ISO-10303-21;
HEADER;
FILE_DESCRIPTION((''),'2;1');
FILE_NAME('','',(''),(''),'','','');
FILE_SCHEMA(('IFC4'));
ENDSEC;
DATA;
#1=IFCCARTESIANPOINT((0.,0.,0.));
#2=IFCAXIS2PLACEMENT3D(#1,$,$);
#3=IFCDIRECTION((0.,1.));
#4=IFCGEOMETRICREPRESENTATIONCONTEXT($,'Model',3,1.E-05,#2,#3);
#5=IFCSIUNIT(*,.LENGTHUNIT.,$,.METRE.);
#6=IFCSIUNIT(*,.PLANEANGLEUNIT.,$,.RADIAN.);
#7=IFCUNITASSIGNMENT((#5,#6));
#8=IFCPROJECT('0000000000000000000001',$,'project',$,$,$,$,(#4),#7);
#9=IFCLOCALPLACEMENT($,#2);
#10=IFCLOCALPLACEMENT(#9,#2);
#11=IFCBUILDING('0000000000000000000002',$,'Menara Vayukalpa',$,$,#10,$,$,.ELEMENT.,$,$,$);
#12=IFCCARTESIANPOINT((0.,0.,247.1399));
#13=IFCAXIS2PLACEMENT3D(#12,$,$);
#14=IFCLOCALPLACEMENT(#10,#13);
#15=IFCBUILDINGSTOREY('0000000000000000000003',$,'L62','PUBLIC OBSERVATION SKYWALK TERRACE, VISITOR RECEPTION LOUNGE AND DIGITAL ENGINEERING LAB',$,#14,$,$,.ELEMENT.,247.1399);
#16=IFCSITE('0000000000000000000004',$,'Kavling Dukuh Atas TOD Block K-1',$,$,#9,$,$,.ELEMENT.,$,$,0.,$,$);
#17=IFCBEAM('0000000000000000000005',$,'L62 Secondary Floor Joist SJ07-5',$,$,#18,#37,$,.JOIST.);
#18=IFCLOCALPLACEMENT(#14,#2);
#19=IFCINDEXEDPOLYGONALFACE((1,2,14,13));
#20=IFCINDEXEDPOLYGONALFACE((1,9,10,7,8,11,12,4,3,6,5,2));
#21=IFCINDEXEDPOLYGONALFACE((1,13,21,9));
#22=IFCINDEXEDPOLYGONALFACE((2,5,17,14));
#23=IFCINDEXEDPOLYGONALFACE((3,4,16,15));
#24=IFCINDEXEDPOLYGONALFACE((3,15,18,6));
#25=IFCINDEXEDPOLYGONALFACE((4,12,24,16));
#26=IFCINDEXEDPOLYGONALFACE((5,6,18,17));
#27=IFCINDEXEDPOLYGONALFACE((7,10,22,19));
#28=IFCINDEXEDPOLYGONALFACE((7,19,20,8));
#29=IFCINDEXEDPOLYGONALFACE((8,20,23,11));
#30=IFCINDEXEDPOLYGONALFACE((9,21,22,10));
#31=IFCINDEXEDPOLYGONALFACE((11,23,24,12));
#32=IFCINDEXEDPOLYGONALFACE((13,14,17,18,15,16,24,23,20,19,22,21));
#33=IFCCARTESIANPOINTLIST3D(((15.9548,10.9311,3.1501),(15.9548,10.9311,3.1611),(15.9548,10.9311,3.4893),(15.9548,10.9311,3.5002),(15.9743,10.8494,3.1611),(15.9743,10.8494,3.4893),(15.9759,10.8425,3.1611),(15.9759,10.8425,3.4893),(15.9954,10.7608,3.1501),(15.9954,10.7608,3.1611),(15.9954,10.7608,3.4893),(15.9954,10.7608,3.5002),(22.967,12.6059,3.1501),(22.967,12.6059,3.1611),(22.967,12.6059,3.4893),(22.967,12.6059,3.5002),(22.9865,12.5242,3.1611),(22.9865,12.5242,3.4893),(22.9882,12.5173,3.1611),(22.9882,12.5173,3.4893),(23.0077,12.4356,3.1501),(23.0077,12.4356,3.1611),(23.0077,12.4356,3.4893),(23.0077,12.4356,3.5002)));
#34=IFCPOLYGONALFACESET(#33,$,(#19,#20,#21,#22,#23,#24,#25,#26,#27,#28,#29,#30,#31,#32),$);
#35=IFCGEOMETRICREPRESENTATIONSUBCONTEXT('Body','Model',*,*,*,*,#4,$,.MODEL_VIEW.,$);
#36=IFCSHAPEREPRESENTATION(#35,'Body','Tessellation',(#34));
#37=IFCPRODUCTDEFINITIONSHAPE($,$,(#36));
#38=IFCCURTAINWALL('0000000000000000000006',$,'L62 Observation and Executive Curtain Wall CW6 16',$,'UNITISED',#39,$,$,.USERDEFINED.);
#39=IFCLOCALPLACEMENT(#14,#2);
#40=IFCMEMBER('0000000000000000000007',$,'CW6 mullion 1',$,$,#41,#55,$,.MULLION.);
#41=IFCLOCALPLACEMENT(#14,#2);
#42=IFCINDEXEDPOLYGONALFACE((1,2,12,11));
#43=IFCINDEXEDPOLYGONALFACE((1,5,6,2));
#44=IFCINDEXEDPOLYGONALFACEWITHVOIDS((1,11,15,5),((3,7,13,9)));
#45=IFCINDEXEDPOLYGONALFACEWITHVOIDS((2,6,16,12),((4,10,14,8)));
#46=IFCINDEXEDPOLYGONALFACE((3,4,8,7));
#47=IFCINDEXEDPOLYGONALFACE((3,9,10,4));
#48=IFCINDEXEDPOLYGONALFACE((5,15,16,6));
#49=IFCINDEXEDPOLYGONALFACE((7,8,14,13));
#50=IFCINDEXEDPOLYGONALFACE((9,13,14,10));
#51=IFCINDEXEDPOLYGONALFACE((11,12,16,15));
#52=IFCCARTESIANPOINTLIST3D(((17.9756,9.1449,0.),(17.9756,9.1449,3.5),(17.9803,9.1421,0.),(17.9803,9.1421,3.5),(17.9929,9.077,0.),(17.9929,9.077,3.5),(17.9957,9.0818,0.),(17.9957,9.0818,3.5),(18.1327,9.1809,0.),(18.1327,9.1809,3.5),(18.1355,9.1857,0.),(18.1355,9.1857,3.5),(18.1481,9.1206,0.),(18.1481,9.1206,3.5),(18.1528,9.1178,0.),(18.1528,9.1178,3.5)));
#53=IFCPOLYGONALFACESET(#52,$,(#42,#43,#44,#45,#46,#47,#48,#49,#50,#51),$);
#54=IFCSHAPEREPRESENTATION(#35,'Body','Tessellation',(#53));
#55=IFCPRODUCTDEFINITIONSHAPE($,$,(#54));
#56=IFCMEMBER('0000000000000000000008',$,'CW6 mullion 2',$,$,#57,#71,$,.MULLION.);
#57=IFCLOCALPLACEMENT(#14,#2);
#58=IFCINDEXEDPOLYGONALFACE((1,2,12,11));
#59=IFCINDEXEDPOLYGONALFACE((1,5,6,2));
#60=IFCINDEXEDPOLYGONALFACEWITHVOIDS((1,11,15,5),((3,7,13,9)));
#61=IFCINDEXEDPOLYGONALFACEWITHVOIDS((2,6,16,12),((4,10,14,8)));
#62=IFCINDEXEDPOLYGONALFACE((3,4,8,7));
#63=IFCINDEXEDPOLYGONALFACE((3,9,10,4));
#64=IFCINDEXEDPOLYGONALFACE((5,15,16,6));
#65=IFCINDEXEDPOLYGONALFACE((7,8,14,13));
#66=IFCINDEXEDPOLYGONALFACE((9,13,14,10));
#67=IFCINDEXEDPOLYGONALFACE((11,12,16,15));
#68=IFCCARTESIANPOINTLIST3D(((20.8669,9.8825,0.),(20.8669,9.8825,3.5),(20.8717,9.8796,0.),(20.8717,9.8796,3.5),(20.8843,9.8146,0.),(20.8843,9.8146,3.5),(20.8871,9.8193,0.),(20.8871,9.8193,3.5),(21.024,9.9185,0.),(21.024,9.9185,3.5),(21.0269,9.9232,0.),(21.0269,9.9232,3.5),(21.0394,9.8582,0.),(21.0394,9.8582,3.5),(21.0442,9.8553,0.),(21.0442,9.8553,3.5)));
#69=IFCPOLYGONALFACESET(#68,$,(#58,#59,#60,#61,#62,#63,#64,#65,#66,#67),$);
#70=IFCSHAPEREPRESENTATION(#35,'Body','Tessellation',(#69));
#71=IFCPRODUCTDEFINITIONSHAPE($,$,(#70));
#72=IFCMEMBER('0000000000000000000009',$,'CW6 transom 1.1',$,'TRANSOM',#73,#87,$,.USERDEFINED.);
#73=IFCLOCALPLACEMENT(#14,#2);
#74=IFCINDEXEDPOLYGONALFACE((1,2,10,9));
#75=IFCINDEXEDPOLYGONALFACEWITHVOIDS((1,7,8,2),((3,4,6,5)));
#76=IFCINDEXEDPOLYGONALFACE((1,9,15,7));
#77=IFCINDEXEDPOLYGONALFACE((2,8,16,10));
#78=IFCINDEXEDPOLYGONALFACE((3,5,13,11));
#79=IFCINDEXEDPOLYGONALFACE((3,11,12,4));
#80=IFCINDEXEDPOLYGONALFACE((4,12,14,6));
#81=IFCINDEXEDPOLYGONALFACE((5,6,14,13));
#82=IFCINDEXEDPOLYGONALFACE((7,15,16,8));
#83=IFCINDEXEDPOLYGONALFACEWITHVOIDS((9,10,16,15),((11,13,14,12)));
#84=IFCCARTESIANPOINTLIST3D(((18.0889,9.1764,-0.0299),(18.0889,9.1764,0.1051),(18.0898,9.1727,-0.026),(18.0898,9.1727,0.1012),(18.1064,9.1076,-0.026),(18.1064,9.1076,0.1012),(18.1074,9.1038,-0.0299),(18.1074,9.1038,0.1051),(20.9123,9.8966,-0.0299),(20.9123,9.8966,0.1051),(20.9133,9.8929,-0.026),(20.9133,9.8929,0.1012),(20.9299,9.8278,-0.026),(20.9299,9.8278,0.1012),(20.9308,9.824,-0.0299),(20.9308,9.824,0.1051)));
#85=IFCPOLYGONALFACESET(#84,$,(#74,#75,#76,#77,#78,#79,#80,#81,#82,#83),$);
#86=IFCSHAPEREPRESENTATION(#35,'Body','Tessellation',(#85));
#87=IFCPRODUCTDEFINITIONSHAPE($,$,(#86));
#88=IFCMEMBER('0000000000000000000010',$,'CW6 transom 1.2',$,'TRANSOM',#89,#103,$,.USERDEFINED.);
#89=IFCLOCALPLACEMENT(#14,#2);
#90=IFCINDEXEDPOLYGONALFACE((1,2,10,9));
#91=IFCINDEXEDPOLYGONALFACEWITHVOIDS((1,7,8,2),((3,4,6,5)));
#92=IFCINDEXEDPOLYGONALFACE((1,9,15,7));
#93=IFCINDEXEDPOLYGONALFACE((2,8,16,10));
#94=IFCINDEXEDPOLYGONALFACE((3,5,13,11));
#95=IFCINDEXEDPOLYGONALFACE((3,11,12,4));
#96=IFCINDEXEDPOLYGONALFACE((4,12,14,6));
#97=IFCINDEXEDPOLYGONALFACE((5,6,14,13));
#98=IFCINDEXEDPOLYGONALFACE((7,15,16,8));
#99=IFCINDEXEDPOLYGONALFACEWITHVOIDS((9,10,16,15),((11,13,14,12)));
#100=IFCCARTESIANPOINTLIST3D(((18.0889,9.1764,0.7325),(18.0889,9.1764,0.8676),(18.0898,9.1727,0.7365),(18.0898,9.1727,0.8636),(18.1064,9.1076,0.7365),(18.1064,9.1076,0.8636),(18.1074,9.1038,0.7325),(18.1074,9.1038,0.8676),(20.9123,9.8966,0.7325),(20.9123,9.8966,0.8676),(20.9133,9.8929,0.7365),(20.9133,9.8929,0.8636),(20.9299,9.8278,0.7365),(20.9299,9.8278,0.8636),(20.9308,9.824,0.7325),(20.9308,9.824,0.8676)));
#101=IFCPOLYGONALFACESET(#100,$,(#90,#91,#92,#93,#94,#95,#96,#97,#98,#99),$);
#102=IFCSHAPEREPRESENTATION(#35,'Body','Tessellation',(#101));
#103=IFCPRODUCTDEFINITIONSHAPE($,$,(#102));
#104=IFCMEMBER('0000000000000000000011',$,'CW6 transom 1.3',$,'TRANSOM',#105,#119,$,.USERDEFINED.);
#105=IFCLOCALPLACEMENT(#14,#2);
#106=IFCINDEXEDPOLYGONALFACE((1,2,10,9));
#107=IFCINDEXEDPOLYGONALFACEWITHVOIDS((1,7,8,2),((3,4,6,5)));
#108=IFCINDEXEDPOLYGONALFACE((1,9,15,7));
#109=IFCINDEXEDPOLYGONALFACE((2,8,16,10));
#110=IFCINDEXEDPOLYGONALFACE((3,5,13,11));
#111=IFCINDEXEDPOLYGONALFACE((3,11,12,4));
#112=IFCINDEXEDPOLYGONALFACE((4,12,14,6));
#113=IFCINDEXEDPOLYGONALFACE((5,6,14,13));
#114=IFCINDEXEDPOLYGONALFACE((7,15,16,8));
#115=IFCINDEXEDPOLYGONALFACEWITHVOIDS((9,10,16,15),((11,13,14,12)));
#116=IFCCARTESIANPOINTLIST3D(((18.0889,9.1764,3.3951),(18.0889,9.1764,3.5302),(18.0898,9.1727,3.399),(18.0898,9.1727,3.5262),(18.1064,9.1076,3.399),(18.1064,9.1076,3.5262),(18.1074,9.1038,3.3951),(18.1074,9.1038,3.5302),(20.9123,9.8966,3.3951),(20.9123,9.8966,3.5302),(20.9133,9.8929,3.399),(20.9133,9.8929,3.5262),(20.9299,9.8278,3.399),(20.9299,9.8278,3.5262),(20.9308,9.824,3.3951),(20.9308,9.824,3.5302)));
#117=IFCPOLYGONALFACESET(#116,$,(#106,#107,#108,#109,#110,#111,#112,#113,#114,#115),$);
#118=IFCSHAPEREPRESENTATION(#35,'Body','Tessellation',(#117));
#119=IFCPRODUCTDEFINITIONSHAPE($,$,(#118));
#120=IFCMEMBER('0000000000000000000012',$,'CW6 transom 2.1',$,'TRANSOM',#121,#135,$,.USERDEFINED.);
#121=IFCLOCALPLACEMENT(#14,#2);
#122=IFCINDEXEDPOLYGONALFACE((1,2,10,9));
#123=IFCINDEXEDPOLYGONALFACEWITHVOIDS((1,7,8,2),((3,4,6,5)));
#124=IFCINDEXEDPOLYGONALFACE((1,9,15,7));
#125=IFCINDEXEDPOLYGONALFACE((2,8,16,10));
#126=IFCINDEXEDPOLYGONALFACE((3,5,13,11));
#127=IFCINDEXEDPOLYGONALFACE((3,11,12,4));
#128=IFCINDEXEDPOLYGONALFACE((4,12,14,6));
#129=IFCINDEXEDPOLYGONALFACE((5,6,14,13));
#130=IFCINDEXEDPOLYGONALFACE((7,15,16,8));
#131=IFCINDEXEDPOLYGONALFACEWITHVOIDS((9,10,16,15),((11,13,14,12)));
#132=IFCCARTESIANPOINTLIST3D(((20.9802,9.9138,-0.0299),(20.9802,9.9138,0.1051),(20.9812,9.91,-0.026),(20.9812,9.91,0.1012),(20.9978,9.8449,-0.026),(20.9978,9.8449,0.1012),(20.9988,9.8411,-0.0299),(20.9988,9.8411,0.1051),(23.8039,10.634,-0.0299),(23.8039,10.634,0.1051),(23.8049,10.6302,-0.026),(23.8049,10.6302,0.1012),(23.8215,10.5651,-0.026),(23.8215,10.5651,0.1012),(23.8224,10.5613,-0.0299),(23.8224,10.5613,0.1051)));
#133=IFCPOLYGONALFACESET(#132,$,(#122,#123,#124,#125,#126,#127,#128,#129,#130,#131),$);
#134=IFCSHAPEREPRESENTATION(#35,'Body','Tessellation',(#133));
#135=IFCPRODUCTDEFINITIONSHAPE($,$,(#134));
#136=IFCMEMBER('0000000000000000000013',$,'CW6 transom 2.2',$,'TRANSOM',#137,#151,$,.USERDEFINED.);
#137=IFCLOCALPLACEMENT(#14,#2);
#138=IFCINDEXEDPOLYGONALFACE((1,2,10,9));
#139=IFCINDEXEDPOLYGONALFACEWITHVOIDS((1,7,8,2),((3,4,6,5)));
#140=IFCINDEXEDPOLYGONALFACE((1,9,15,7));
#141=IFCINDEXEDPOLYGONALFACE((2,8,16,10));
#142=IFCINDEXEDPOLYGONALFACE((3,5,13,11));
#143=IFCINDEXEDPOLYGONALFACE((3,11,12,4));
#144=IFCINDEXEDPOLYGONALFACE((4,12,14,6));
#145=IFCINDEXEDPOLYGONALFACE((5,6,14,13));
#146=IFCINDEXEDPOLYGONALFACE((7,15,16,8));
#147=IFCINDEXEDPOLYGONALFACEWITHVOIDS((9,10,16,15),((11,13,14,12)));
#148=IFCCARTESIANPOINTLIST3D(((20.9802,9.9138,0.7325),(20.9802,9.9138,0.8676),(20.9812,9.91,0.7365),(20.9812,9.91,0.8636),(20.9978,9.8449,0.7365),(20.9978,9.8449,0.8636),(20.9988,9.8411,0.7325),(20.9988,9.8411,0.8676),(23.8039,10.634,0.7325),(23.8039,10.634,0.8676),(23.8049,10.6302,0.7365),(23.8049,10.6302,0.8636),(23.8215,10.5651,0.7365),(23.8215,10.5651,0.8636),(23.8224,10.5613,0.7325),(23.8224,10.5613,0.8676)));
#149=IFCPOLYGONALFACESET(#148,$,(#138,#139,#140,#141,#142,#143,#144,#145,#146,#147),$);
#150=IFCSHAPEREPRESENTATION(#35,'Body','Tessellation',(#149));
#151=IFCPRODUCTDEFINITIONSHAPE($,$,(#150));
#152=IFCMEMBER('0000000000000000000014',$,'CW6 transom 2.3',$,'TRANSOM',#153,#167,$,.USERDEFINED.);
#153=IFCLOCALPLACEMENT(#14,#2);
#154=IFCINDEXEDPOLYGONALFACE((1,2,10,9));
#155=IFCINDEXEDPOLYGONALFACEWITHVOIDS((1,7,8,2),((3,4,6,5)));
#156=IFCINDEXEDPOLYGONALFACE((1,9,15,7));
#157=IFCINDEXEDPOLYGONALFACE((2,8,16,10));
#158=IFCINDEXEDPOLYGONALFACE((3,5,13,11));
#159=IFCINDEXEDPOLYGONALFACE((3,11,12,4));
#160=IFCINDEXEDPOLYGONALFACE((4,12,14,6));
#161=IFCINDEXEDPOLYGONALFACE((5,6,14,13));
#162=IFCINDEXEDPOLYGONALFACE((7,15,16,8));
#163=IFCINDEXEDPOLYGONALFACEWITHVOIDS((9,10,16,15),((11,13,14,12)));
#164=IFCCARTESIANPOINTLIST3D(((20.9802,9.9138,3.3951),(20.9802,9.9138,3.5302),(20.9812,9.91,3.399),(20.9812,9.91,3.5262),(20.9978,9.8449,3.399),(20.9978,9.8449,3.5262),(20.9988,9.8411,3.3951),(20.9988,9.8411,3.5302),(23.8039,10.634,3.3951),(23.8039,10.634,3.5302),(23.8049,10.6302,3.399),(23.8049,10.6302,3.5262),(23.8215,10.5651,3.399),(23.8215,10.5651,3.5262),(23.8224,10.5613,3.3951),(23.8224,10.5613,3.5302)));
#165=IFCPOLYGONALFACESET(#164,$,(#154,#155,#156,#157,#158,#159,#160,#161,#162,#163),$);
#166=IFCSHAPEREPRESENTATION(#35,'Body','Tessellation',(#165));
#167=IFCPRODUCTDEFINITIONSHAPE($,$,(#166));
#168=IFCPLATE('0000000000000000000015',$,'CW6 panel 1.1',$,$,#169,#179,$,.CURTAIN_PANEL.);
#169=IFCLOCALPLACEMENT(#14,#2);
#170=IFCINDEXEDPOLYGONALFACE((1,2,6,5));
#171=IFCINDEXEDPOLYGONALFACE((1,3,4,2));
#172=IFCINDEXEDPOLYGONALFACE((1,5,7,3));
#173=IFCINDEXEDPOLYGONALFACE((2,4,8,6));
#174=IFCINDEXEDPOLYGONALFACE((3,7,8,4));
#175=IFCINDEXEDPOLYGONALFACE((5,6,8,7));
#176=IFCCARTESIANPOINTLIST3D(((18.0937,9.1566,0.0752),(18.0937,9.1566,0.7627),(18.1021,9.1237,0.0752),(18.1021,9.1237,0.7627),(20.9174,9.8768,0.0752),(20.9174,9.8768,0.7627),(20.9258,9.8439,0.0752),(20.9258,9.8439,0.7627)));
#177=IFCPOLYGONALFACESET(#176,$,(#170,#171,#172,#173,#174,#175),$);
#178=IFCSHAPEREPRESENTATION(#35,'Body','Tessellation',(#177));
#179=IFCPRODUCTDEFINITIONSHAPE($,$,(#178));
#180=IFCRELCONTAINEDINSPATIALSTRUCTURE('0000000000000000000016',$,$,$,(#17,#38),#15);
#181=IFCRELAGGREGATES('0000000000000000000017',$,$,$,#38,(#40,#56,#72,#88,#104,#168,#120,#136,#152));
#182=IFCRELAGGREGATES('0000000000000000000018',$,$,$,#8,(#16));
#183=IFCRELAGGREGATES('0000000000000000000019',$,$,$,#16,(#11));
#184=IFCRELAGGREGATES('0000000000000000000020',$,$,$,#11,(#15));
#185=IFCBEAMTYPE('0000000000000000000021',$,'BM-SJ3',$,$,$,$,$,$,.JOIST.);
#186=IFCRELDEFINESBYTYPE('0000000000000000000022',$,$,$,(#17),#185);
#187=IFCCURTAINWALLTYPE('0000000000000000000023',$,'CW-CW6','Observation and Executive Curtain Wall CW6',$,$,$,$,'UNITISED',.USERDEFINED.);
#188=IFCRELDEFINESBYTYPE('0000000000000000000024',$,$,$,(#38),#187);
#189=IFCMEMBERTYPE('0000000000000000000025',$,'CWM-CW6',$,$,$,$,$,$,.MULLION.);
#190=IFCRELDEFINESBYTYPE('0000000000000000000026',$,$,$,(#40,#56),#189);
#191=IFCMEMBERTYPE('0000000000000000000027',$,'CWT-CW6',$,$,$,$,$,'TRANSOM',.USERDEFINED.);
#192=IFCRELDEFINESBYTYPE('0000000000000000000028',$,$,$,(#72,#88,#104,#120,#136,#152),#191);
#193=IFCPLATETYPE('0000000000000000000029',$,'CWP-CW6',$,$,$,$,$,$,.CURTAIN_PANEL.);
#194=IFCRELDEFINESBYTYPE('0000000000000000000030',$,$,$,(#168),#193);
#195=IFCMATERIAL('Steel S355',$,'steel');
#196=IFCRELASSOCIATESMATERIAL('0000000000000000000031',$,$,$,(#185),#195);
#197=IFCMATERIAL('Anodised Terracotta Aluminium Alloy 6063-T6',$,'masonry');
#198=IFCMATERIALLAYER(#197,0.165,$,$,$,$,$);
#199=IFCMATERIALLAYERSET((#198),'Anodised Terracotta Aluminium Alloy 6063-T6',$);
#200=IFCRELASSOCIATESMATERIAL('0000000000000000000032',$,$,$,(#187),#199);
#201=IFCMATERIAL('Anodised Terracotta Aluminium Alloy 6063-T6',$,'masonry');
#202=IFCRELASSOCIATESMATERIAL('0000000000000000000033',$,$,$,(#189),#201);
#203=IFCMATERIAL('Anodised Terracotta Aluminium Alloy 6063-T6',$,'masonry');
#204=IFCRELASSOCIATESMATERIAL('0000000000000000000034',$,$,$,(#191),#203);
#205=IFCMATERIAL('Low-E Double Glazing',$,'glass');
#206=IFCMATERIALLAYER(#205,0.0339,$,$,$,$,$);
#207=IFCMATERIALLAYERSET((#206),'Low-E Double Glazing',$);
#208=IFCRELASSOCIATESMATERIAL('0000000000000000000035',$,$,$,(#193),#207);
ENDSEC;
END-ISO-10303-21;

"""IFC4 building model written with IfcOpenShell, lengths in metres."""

from ifc_helpers import new_model, si_unit, direction, frame, origin, origin_2d, place, context, subcontext, project, spatial, rectangle, hollow_rectangle, i_section, extrude, material, layer, layer_set, material_profile, profile_set, type_object, element, aggregate, save


model = new_model("IFC4")

# Units and contexts
model_context = context("Model", 3, precision=1e-05, world=origin(), true_north=direction((0.0, 1.0)))
body_context = subcontext(model_context, "Body", "Model", "MODEL_VIEW")
ifc_project = project(units=[si_unit("LENGTHUNIT", "METRE"), si_unit("PLANEANGLEUNIT", "RADIAN")], contexts=[model_context])

# Site, building, storey
site_placement = place(None, origin())
site = spatial("IfcSite", under=ifc_project, at=site_placement, Name="Kavling Dukuh Atas TOD Block K-1", CompositionType="ELEMENT", RefElevation=0.0)
building_placement = place(site_placement, origin())
building = spatial("IfcBuilding", under=site, at=building_placement, Name="Menara Vayukalpa", CompositionType="ELEMENT")
storey_placement = place(building_placement, frame((0.0, 0.0, 247.1399)))
storey = spatial("IfcBuildingStorey", under=building, at=storey_placement, Name="L62", Description="PUBLIC OBSERVATION SKYWALK TERRACE, VISITOR RECEPTION LOUNGE AND DIGITAL ENGINEERING LAB", CompositionType="ELEMENT", Elevation=247.1399)

# Beam
ifc_material_1 = material(Name="Steel S355", Category="steel")
ifc_material_profile_1 = material_profile(ifc_material_1, i_section(OverallWidth=0.175, OverallDepth=0.3501, WebThickness=0.0071, FlangeThickness=0.011, at=origin_2d()), Name="WF 350x175x7x11")
ifc_profile_set_1 = profile_set([ifc_material_profile_1], Name="Steel S355")
beam_type = type_object("IfcBeamType", Name="BM-SJ3", PredefinedType="JOIST", material=ifc_profile_set_1)
beam_placement = place(storey_placement, frame((15.9751, 10.8459, 3.3252), z_axis=(0.972642, 0.232307, 0.0), x_axis=(-0.232307, 0.972642, 0.0)))
element("IfcBeam", 1, at=beam_placement, inside=storey, type_object=beam_type, Name="L62 Secondary Floor Joist SJ07-5", PredefinedType="JOIST", context=body_context, shape_type="SweptSolid", body=[
    extrude(i_section(OverallWidth=0.175, OverallDepth=0.3501, WebThickness=0.0071, FlangeThickness=0.011, at=origin_2d()), origin(), (0.0, 0.0, 1.0), 7.2095),
])

# Curtain wall, members, plate
ifc_material_2 = material(Name="Anodised Terracotta Aluminium Alloy 6063-T6", Category="masonry")
ifc_layer_1 = layer(ifc_material_2, 0.165)
ifc_layer_set_1 = layer_set([ifc_layer_1], Name="Anodised Terracotta Aluminium Alloy 6063-T6")
curtain_wall_type = type_object("IfcCurtainWallType", Name="CW-CW6", Description="Observation and Executive Curtain Wall CW6", ElementType="UNITISED", PredefinedType="USERDEFINED", material=ifc_layer_set_1)
curtain_wall_placement = place(storey_placement, origin())
curtain_wall = element("IfcCurtainWall", 2, at=curtain_wall_placement, inside=storey, type_object=curtain_wall_type, Name="L62 Observation and Executive Curtain Wall CW6 16", ObjectType="UNITISED", PredefinedType="USERDEFINED")
ifc_material_3 = material(Name="Anodised Terracotta Aluminium Alloy 6063-T6", Category="masonry")
ifc_material_profile_2 = material_profile(ifc_material_3, hollow_rectangle(XDim=0.0701, YDim=0.165, WallThickness=0.0039, at=origin_2d()), Name="ALU 70x165x4")
ifc_profile_set_2 = profile_set([ifc_material_profile_2], Name="Anodised Terracotta Aluminium Alloy 6063-T6")
member_type_1 = type_object("IfcMemberType", Name="CWM-CW6", PredefinedType="MULLION", material=ifc_profile_set_2)
member_1_placement = place(storey_placement, frame((18.0642, 9.1313, 0.0), z_axis=(0.0, 0.0, 1.0), x_axis=(-0.247127, 0.968983, 0.0)))
member_1 = element("IfcMember", 3, at=member_1_placement, type_object=member_type_1, Name="CW6 mullion 1", PredefinedType="MULLION", context=body_context, shape_type="SweptSolid", body=[
    extrude(hollow_rectangle(XDim=0.0701, YDim=0.165, WallThickness=0.0039, at=origin_2d()), origin(), (0.0, 0.0, 1.0), 3.5),
])
member_2_placement = place(storey_placement, frame((20.9556, 9.8689, 0.0), z_axis=(0.0, 0.0, 1.0), x_axis=(-0.247127, 0.968983, 0.0)))
member_2 = element("IfcMember", 4, at=member_2_placement, type_object=member_type_1, Name="CW6 mullion 2", PredefinedType="MULLION", context=body_context, shape_type="SweptSolid", body=[
    extrude(hollow_rectangle(XDim=0.0701, YDim=0.165, WallThickness=0.0039, at=origin_2d()), origin(), (0.0, 0.0, 1.0), 3.5),
])
ifc_material_4 = material(Name="Anodised Terracotta Aluminium Alloy 6063-T6", Category="masonry")
ifc_material_profile_3 = material_profile(ifc_material_4, hollow_rectangle(XDim=0.075, YDim=0.135, WallThickness=0.0039, at=origin_2d()), Name="ALU 75x135x4")
ifc_profile_set_3 = profile_set([ifc_material_profile_3], Name="Anodised Terracotta Aluminium Alloy 6063-T6")
member_type_2 = type_object("IfcMemberType", Name="CWT-CW6", ElementType="TRANSOM", PredefinedType="USERDEFINED", material=ifc_profile_set_3)
member_3_placement = place(storey_placement, frame((18.0981, 9.1401, 0.0376), z_axis=(0.968973, 0.247166, 0.0), x_axis=(-0.247166, 0.968973, 0.0)))
member_3 = element("IfcMember", 5, at=member_3_placement, type_object=member_type_2, Name="CW6 transom 1.1", ObjectType="TRANSOM", PredefinedType="USERDEFINED", context=body_context, shape_type="SweptSolid", body=[
    extrude(hollow_rectangle(XDim=0.075, YDim=0.135, WallThickness=0.0039, at=origin_2d()), origin(), (0.0, 0.0, 1.0), 2.9138),
])
member_4_placement = place(storey_placement, frame((18.0981, 9.1401, 0.8), z_axis=(0.968973, 0.247166, 0.0), x_axis=(-0.247166, 0.968973, 0.0)))
member_4 = element("IfcMember", 6, at=member_4_placement, type_object=member_type_2, Name="CW6 transom 1.2", ObjectType="TRANSOM", PredefinedType="USERDEFINED", context=body_context, shape_type="SweptSolid", body=[
    extrude(hollow_rectangle(XDim=0.075, YDim=0.135, WallThickness=0.0039, at=origin_2d()), origin(), (0.0, 0.0, 1.0), 2.9138),
])
member_5_placement = place(storey_placement, frame((18.0981, 9.1401, 3.4626), z_axis=(0.968973, 0.247166, 0.0), x_axis=(-0.247166, 0.968973, 0.0)))
member_5 = element("IfcMember", 7, at=member_5_placement, type_object=member_type_2, Name="CW6 transom 1.3", ObjectType="TRANSOM", PredefinedType="USERDEFINED", context=body_context, shape_type="SweptSolid", body=[
    extrude(hollow_rectangle(XDim=0.075, YDim=0.135, WallThickness=0.0039, at=origin_2d()), origin(), (0.0, 0.0, 1.0), 2.9138),
])
member_6_placement = place(storey_placement, frame((20.9895, 9.8774, 0.0376), z_axis=(0.968978, 0.247146, 0.0), x_axis=(-0.247146, 0.968978, 0.0)))
member_6 = element("IfcMember", 8, at=member_6_placement, type_object=member_type_2, Name="CW6 transom 2.1", ObjectType="TRANSOM", PredefinedType="USERDEFINED", context=body_context, shape_type="SweptSolid", body=[
    extrude(hollow_rectangle(XDim=0.075, YDim=0.135, WallThickness=0.0039, at=origin_2d()), origin(), (0.0, 0.0, 1.0), 2.9141),
])
member_7_placement = place(storey_placement, frame((20.9895, 9.8774, 0.8), z_axis=(0.968978, 0.247146, 0.0), x_axis=(-0.247146, 0.968978, 0.0)))
member_7 = element("IfcMember", 9, at=member_7_placement, type_object=member_type_2, Name="CW6 transom 2.2", ObjectType="TRANSOM", PredefinedType="USERDEFINED", context=body_context, shape_type="SweptSolid", body=[
    extrude(hollow_rectangle(XDim=0.075, YDim=0.135, WallThickness=0.0039, at=origin_2d()), origin(), (0.0, 0.0, 1.0), 2.9141),
])
member_8_placement = place(storey_placement, frame((20.9895, 9.8774, 3.4626), z_axis=(0.968978, 0.247146, 0.0), x_axis=(-0.247146, 0.968978, 0.0)))
member_8 = element("IfcMember", 10, at=member_8_placement, type_object=member_type_2, Name="CW6 transom 2.3", ObjectType="TRANSOM", PredefinedType="USERDEFINED", context=body_context, shape_type="SweptSolid", body=[
    extrude(hollow_rectangle(XDim=0.075, YDim=0.135, WallThickness=0.0039, at=origin_2d()), origin(), (0.0, 0.0, 1.0), 2.9141),
])
ifc_material_5 = material(Name="Low-E Double Glazing", Category="glass")
ifc_layer_2 = layer(ifc_material_5, 0.0339)
ifc_layer_set_2 = layer_set([ifc_layer_2], Name="Low-E Double Glazing")
plate_type = type_object("IfcPlateType", Name="CWP-CW6", PredefinedType="CURTAIN_PANEL", material=ifc_layer_set_2)
plate_1_placement = place(storey_placement, frame((19.5098, 9.5002, 0.0752), z_axis=(0.0, 0.0, 1.0), x_axis=(0.968983, 0.247127, 0.0)))
plate_1 = element("IfcPlate", 11, at=plate_1_placement, type_object=plate_type, Name="CW6 panel 1.1", PredefinedType="CURTAIN_PANEL", context=body_context, shape_type="SweptSolid", body=[
    extrude(rectangle(XDim=2.9141, YDim=0.0339, at=origin_2d()), origin(), (0.0, 0.0, 1.0), 0.6875),
])
aggregate(curtain_wall, [member_1, member_2, member_3, member_4, member_5, plate_1, member_6, member_7, member_8])

save(model, "model.ifc")
